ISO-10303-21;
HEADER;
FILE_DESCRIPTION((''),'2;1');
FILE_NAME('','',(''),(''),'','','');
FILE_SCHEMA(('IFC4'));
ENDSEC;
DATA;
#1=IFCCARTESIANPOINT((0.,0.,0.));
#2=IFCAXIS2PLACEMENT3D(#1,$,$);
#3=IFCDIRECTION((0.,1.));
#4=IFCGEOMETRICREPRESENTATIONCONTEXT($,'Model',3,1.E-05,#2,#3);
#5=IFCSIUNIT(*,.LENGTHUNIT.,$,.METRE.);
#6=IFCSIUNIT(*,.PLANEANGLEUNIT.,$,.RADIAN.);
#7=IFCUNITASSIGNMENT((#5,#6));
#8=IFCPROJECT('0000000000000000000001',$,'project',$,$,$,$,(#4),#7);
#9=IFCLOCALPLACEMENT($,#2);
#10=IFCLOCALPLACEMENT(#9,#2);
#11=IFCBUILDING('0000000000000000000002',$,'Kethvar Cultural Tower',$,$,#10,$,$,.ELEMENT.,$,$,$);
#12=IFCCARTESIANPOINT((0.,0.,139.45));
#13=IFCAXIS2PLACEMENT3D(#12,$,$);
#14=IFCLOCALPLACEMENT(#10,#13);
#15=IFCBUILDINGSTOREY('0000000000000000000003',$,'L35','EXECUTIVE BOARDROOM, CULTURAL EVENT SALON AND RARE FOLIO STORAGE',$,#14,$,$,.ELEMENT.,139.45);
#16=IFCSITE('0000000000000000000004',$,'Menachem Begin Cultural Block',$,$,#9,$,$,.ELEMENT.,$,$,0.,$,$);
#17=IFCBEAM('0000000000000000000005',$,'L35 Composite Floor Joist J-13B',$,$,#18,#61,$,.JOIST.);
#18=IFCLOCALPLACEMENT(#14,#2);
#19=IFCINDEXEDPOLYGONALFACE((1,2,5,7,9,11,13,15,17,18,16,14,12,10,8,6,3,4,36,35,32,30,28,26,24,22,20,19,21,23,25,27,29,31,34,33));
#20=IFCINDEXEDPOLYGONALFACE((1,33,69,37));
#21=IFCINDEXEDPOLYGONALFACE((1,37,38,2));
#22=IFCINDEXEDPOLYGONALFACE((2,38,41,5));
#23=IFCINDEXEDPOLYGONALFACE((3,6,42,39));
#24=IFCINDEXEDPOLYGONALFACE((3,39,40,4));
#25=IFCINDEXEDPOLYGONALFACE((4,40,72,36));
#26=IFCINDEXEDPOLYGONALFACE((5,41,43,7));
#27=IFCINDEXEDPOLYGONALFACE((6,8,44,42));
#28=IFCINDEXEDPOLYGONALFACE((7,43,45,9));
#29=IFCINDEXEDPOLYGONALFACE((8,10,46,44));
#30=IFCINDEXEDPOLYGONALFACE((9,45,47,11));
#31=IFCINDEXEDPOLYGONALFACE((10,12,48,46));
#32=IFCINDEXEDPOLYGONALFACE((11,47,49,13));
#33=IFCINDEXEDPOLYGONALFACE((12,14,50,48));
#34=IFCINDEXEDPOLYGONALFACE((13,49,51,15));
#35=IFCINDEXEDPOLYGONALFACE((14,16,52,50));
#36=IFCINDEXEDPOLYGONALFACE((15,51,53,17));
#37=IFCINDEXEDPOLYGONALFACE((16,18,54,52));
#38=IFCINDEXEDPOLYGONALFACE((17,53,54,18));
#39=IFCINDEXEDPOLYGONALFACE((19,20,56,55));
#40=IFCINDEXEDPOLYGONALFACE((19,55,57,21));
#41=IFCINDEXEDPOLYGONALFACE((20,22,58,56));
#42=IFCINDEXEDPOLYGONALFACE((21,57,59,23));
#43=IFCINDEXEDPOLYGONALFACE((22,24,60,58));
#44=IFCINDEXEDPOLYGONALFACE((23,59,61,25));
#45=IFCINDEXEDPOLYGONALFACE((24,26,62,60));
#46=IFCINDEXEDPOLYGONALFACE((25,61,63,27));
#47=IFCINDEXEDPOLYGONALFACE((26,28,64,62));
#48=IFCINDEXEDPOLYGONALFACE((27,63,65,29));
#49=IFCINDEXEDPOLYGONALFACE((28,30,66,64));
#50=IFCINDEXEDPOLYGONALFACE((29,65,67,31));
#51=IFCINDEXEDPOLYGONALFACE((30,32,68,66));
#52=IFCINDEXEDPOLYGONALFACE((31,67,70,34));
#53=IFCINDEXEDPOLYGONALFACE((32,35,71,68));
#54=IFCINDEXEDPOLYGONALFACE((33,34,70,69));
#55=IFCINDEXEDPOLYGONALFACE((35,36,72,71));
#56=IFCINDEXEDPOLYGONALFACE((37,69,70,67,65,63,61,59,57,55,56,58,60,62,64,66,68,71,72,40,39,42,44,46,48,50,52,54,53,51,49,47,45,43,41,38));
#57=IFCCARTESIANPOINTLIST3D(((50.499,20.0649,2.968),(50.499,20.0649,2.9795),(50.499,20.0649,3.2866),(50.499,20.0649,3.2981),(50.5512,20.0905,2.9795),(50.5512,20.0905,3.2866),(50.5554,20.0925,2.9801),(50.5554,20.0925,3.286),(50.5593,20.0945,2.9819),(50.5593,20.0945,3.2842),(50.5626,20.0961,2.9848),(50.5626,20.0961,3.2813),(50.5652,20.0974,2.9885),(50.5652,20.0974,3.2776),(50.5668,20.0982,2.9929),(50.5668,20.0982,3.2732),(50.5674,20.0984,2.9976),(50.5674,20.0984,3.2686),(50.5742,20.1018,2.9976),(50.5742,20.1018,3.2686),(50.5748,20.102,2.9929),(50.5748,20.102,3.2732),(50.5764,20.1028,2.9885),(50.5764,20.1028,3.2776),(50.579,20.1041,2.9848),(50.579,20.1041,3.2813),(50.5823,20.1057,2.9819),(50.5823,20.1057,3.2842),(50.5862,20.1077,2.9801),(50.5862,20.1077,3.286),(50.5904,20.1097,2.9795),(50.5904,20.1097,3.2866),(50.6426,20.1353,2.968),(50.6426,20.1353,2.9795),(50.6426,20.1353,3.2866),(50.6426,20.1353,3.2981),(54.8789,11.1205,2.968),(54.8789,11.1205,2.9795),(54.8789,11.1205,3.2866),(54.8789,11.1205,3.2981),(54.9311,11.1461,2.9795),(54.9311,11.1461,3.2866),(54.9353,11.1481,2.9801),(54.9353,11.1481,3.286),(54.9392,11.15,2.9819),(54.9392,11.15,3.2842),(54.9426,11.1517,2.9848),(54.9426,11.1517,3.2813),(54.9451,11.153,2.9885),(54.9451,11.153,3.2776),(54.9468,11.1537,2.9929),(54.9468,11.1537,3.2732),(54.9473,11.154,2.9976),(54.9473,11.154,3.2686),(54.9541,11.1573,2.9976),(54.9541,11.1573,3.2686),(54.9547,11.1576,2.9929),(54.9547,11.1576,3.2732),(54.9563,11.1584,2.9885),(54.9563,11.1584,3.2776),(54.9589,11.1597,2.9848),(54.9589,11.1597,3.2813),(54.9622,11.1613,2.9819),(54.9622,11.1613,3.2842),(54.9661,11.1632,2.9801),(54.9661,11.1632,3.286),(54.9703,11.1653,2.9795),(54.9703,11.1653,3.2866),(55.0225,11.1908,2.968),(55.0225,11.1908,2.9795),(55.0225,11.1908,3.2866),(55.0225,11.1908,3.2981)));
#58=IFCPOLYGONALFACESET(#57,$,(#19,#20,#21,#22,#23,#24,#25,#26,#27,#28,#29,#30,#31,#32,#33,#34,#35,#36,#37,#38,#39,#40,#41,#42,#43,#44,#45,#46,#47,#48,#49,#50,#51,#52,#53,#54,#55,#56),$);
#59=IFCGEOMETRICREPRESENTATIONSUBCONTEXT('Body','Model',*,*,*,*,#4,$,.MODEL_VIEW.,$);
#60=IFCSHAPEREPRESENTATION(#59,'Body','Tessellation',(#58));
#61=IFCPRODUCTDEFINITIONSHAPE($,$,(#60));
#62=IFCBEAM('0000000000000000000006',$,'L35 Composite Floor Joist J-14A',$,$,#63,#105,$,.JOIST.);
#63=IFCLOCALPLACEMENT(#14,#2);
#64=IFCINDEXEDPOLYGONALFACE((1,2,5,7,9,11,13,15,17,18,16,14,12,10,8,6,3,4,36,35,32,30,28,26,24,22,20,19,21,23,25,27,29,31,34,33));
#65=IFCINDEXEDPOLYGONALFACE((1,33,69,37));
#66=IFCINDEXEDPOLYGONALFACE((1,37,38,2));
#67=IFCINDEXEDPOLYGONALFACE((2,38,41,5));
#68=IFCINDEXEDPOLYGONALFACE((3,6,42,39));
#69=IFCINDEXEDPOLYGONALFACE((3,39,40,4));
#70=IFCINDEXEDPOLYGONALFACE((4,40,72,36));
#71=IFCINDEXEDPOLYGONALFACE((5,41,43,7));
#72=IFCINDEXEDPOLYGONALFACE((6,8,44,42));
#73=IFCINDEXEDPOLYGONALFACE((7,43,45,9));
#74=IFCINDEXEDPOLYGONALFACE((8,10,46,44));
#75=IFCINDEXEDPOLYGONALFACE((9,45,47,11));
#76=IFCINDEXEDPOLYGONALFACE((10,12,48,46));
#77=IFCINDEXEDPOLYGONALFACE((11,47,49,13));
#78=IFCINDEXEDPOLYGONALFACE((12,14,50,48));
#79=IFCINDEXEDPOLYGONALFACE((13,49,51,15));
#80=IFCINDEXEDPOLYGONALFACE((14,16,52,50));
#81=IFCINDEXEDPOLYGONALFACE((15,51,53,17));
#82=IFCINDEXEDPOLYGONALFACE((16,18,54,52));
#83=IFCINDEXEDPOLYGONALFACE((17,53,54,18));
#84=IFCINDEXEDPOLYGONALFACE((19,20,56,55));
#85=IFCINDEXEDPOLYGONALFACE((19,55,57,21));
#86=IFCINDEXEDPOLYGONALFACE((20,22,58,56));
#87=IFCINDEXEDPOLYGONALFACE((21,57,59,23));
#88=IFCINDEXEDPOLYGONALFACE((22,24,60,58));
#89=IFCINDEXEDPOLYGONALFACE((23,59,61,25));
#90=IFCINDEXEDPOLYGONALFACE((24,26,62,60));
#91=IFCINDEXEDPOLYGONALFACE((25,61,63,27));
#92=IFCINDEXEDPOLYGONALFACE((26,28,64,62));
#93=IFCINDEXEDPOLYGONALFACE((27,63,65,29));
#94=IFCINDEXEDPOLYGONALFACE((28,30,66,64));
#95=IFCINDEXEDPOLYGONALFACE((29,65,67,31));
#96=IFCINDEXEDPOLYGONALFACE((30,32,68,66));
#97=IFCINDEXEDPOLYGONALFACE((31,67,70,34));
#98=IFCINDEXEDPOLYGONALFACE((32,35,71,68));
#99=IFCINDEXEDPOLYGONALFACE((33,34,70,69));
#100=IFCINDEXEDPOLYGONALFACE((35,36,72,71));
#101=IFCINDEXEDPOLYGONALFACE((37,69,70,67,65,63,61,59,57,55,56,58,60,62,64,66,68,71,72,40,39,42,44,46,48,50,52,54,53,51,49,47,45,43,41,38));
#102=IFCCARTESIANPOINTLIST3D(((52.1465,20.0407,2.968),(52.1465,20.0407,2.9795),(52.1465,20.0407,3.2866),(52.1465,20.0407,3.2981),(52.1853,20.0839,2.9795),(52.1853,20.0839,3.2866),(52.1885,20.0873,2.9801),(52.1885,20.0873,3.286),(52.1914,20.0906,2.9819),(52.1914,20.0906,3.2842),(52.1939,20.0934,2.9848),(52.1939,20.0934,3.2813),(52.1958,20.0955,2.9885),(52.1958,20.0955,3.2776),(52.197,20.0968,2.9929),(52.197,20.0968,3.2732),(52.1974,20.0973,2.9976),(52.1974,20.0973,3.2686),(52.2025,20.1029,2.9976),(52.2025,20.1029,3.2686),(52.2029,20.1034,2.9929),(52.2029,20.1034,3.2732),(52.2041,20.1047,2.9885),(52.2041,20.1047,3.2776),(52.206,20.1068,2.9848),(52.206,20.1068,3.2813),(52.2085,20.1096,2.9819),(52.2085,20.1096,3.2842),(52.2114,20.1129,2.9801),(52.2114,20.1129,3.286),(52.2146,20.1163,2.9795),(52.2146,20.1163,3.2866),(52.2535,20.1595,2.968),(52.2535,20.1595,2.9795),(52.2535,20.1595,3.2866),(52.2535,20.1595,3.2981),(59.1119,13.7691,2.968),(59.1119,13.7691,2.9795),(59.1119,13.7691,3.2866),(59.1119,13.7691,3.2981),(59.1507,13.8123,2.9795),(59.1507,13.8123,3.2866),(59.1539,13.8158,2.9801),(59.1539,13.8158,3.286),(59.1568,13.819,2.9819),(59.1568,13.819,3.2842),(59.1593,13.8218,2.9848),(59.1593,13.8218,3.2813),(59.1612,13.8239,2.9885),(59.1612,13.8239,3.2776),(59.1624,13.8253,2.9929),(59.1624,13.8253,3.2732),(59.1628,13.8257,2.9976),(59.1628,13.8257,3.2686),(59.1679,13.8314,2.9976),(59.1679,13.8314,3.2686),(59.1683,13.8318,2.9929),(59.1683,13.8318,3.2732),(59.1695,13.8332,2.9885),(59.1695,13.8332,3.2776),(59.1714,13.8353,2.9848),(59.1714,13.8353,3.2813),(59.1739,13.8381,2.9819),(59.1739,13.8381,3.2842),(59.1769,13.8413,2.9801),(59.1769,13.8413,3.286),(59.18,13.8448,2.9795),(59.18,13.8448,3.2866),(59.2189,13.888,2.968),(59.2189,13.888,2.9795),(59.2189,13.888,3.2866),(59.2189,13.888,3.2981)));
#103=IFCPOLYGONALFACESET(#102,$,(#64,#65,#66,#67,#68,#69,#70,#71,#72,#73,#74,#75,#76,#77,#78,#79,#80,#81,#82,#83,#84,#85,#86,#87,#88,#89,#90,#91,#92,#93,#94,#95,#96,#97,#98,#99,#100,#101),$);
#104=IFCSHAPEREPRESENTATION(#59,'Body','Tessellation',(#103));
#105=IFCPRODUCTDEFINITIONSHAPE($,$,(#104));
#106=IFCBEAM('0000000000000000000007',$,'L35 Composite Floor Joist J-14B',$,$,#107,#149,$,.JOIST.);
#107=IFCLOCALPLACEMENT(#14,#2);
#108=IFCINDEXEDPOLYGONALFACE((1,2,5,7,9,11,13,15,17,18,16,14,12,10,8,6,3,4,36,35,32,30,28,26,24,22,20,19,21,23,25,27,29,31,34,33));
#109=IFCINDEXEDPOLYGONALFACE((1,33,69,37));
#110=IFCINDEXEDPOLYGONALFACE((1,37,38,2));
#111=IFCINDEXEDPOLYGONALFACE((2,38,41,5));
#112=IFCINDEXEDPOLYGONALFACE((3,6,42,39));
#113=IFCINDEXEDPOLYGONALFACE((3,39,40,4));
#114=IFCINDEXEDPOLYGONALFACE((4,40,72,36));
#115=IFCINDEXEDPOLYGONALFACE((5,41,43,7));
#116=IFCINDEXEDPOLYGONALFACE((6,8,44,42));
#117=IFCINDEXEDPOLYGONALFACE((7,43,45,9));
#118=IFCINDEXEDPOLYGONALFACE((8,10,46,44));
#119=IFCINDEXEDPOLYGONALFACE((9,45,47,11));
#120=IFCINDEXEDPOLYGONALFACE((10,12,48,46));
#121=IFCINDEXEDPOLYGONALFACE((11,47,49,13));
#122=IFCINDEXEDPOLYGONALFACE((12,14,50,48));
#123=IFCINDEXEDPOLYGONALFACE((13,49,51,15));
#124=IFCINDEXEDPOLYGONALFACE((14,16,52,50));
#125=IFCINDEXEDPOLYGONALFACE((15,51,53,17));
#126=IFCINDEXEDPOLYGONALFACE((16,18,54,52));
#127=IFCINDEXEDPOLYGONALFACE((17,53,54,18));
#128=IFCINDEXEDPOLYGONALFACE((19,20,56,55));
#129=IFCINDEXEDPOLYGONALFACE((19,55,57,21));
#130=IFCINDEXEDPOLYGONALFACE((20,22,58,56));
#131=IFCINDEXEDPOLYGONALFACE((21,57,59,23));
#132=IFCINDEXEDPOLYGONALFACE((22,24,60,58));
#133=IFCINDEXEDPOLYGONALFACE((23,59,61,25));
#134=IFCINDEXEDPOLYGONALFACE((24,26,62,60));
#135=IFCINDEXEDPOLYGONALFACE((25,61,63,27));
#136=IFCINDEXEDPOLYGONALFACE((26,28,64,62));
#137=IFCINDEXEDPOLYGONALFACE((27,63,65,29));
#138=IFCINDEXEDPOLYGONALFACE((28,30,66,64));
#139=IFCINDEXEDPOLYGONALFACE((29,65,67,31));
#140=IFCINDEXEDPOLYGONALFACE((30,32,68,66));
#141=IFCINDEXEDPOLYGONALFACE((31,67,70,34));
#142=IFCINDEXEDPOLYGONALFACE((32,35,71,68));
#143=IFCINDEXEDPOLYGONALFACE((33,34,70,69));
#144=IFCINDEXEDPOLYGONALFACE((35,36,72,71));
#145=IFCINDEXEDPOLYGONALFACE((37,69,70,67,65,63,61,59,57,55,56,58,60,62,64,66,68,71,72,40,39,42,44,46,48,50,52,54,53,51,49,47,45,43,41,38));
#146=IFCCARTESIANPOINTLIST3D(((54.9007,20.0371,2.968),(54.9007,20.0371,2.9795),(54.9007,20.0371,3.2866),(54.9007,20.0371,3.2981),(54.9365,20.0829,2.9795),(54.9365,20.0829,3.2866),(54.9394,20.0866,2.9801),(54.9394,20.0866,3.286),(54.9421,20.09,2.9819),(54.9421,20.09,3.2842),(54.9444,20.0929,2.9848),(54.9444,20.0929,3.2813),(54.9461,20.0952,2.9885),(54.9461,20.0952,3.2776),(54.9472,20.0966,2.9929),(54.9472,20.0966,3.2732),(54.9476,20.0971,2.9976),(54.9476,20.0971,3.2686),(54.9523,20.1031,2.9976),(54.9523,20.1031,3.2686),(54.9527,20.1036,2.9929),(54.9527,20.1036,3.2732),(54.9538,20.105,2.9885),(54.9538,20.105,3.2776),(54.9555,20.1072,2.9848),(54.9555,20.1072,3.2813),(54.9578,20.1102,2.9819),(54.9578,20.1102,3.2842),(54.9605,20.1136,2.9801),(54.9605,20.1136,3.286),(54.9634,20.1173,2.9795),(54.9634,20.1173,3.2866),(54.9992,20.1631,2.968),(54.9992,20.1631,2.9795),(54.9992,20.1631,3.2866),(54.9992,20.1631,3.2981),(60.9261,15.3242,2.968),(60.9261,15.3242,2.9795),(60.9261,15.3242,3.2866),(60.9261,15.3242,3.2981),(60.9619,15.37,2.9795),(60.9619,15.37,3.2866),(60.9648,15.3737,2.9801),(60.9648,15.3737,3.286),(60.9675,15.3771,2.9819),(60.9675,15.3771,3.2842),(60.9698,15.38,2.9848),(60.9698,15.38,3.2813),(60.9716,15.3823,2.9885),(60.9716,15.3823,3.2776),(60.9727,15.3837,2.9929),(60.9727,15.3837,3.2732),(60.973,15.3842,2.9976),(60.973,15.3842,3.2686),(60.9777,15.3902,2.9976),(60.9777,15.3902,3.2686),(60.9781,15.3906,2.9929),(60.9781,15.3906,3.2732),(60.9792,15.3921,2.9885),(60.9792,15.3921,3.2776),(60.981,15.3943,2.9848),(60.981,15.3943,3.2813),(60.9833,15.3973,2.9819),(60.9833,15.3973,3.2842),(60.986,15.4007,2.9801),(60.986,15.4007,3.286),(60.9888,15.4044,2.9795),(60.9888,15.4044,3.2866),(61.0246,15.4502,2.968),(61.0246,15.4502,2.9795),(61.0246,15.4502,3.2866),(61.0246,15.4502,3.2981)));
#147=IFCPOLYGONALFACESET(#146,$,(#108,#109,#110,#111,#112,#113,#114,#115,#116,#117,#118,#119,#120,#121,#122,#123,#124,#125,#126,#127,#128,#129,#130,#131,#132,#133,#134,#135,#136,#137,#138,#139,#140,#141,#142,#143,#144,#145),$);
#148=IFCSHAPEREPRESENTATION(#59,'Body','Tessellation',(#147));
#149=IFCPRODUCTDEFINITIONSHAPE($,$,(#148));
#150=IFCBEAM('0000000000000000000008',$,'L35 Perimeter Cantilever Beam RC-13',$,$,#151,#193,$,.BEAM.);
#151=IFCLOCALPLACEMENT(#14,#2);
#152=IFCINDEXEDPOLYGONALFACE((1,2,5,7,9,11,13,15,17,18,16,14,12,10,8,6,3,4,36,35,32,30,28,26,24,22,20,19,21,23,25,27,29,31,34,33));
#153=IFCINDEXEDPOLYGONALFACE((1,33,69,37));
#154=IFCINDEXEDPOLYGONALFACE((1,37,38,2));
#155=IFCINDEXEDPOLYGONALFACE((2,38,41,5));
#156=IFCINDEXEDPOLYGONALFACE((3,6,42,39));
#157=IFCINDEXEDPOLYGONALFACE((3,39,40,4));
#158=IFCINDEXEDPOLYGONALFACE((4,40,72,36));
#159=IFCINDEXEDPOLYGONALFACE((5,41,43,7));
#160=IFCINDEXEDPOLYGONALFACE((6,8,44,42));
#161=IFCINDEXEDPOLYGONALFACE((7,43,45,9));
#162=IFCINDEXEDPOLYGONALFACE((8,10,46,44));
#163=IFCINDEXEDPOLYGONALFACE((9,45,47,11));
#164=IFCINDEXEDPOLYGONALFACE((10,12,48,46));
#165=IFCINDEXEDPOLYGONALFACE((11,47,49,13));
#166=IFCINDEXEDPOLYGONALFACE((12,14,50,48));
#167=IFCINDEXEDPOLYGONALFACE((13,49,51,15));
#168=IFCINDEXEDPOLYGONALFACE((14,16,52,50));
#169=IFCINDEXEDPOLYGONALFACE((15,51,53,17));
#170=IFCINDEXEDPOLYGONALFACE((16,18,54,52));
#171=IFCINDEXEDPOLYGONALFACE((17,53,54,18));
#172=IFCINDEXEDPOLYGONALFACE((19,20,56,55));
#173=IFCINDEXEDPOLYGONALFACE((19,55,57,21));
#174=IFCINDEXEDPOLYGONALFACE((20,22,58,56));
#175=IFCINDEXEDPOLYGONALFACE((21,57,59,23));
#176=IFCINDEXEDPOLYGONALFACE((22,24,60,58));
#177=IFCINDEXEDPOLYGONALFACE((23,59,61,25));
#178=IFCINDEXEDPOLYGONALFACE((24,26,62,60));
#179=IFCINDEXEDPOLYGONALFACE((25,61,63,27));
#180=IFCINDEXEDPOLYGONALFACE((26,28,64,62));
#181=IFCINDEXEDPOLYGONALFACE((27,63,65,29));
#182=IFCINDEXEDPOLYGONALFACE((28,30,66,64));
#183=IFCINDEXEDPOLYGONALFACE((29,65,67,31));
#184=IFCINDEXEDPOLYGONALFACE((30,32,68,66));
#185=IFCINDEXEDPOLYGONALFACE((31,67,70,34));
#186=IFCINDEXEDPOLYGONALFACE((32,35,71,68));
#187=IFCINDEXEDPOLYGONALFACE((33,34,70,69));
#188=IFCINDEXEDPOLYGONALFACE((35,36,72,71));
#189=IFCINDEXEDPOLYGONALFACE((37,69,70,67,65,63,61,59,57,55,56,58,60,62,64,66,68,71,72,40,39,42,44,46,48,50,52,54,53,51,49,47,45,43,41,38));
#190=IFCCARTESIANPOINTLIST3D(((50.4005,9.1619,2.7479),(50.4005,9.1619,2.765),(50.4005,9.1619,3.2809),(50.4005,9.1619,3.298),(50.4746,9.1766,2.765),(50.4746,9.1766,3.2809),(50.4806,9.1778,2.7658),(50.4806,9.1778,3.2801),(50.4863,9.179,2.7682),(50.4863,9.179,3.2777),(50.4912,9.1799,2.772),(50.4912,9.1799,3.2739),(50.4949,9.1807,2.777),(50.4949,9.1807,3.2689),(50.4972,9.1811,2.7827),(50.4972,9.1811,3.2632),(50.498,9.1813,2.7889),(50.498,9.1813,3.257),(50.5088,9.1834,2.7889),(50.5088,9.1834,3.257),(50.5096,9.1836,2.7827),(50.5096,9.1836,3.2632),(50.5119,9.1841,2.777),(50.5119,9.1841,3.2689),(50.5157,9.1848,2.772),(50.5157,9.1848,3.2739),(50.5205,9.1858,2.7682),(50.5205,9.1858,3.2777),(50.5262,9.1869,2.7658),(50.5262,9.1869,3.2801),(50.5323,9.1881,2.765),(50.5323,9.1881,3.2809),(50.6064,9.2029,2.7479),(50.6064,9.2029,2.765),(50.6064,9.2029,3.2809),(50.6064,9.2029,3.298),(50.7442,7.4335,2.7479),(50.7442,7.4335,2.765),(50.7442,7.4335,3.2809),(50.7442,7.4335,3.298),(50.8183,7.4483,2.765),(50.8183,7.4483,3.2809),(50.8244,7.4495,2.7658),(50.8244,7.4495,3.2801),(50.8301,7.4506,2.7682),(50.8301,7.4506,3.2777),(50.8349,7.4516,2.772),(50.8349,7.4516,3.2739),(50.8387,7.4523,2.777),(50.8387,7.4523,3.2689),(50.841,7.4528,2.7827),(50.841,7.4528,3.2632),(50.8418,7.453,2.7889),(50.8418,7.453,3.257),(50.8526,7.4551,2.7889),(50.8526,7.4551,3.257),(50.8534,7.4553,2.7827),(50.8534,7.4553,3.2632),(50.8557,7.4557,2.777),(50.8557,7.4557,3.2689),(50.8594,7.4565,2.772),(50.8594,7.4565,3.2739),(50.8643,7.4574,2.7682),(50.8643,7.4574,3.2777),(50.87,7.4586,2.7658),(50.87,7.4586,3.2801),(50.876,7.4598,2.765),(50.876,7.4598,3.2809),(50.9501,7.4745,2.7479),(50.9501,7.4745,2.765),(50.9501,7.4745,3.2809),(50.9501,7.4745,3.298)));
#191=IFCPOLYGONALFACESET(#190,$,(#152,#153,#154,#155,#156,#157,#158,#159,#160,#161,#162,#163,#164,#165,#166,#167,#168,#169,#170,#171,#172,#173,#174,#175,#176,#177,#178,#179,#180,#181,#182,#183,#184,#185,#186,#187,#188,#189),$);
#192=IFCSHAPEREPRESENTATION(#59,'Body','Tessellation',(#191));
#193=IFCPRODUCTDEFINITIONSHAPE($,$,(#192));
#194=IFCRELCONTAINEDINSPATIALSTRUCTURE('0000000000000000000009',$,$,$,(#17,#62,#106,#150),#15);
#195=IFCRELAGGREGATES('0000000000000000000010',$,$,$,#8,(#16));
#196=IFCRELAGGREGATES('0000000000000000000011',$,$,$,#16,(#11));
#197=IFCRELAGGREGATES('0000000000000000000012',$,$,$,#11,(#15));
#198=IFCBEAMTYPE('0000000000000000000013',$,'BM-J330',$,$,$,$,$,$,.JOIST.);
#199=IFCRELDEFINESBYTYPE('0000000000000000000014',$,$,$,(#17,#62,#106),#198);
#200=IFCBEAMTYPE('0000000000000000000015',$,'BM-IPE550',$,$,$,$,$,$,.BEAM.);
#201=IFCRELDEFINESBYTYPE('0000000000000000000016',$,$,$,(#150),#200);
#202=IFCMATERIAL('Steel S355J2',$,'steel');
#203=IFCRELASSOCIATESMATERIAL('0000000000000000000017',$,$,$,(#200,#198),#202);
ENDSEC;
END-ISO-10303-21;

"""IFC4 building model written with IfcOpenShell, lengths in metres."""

from ifc_helpers import new_model, si_unit, direction, frame, origin, origin_2d, place, context, subcontext, project, spatial, i_section, extrude, source, transform, mapped, material, material_profile, profile_set, type_object, element, save


model = new_model("IFC4")

# Units and contexts
model_context = context("Model", 3, precision=1e-05, world=origin(), true_north=direction((0.0, 1.0)))
body_context = subcontext(model_context, "Body", "Model", "MODEL_VIEW")
ifc_project = project(units=[si_unit("LENGTHUNIT", "METRE"), si_unit("PLANEANGLEUNIT", "RADIAN")], contexts=[model_context])

# Site, building, storey
site_placement = place(None, origin())
site = spatial("IfcSite", under=ifc_project, at=site_placement, Name="Menachem Begin Cultural Block", CompositionType="ELEMENT", RefElevation=0.0)
building_placement = place(site_placement, origin())
building = spatial("IfcBuilding", under=site, at=building_placement, Name="Kethvar Cultural Tower", CompositionType="ELEMENT")
storey_placement = place(building_placement, frame((0.0, 0.0, 139.45)))
storey = spatial("IfcBuildingStorey", under=building, at=storey_placement, Name="L35", Description="EXECUTIVE BOARDROOM, CULTURAL EVENT SALON AND RARE FOLIO STORAGE", CompositionType="ELEMENT", Elevation=139.45)

# Beams
ifc_material_1 = material(Name="Steel S355J2", Category="steel")
ifc_material_profile_1 = material_profile(ifc_material_1, i_section(OverallWidth=0.21, OverallDepth=0.55, WebThickness=0.011, FlangeThickness=0.0171, FilletRadius=0.0239, at=origin_2d()), Name="Steel S355J2 — IPE550")
ifc_profile_set_1 = profile_set([ifc_material_profile_1], Name="Steel S355J2 — IPE550")
beam_type_1 = type_object("IfcBeamType", Name="BM-IPE550", PredefinedType="BEAM", material=ifc_profile_set_1)
ifc_material_profile_2 = material_profile(ifc_material_1, i_section(OverallWidth=0.1599, OverallDepth=0.3301, WebThickness=0.0076, FlangeThickness=0.0115, FilletRadius=0.0181, at=origin_2d()), Name="Steel S355J2 — IPE330")
ifc_profile_set_2 = profile_set([ifc_material_profile_2], Name="Steel S355J2 — IPE330")
beam_type_2 = type_object("IfcBeamType", Name="BM-J330", PredefinedType="JOIST", material=ifc_profile_set_2)
shared_shape_1 = source(origin(), body_context, "Body", "SweptSolid", [
    extrude(i_section(OverallWidth=0.1599, OverallDepth=0.3301, WebThickness=0.0076, FlangeThickness=0.0115, FilletRadius=0.0181, at=origin_2d()), origin(), (0.0, 0.0, 1.0), 9.9592),
])
beam_1_placement = place(storey_placement, frame((50.5708, 20.1001, 3.1331), z_axis=(0.439785, -0.898103, 0.0), x_axis=(0.898103, 0.439785, 0.0)))
element("IfcBeam", 1, at=beam_1_placement, inside=storey, type_object=beam_type_2, Name="L35 Composite Floor Joist J-13B", PredefinedType="JOIST", context=body_context, shape_type="MappedRepresentation", body=[
    mapped(shared_shape_1, transform((0.0, 0.0, 0.0), scale=1.0)),
])
shared_shape_2 = source(origin(), body_context, "Body", "SweptSolid", [
    extrude(i_section(OverallWidth=0.1599, OverallDepth=0.3301, WebThickness=0.0076, FlangeThickness=0.0115, FilletRadius=0.0181, at=origin_2d()), origin(), (0.0, 0.0, 1.0), 9.3728),
])
beam_2_placement = place(storey_placement, frame((52.2, 20.1001, 3.1331), z_axis=(0.743152, -0.669123, 0.0), x_axis=(0.669123, 0.743152, 0.0)))
element("IfcBeam", 2, at=beam_2_placement, inside=storey, type_object=beam_type_2, Name="L35 Composite Floor Joist J-14A", PredefinedType="JOIST", context=body_context, shape_type="MappedRepresentation", body=[
    mapped(shared_shape_2, transform((0.0, 0.0, 0.0), scale=1.0)),
])
shared_shape_3 = source(origin(), body_context, "Body", "SweptSolid", [
    extrude(i_section(OverallWidth=0.1599, OverallDepth=0.3301, WebThickness=0.0076, FlangeThickness=0.0115, FilletRadius=0.0181, at=origin_2d()), origin(), (0.0, 0.0, 1.0), 7.6497),
])
beam_3_placement = place(storey_placement, frame((54.95, 20.1001, 3.1331), z_axis=(0.787672, -0.616095, 0.0), x_axis=(0.616095, 0.787672, 0.0)))
element("IfcBeam", 3, at=beam_3_placement, inside=storey, type_object=beam_type_2, Name="L35 Composite Floor Joist J-14B", PredefinedType="JOIST", context=body_context, shape_type="MappedRepresentation", body=[
    mapped(shared_shape_3, transform((0.0, 0.0, 0.0), scale=1.0)),
])
shared_shape_4 = source(origin(), body_context, "Body", "SweptSolid", [
    extrude(i_section(OverallWidth=0.21, OverallDepth=0.55, WebThickness=0.011, FlangeThickness=0.0171, FilletRadius=0.0239, at=origin_2d()), origin(), (0.0, 0.0, 1.0), 1.7622),
])
beam_4_placement = place(storey_placement, frame((50.5034, 9.1824, 3.0229), z_axis=(0.195077, -0.980788, 0.0), x_axis=(0.980788, 0.195077, 0.0)))
element("IfcBeam", 4, at=beam_4_placement, inside=storey, type_object=beam_type_1, Name="L35 Perimeter Cantilever Beam RC-13", PredefinedType="BEAM", context=body_context, shape_type="MappedRepresentation", body=[
    mapped(shared_shape_4, transform((0.0, 0.0, 0.0), scale=1.0)),
])

save(model, "model.ifc")
